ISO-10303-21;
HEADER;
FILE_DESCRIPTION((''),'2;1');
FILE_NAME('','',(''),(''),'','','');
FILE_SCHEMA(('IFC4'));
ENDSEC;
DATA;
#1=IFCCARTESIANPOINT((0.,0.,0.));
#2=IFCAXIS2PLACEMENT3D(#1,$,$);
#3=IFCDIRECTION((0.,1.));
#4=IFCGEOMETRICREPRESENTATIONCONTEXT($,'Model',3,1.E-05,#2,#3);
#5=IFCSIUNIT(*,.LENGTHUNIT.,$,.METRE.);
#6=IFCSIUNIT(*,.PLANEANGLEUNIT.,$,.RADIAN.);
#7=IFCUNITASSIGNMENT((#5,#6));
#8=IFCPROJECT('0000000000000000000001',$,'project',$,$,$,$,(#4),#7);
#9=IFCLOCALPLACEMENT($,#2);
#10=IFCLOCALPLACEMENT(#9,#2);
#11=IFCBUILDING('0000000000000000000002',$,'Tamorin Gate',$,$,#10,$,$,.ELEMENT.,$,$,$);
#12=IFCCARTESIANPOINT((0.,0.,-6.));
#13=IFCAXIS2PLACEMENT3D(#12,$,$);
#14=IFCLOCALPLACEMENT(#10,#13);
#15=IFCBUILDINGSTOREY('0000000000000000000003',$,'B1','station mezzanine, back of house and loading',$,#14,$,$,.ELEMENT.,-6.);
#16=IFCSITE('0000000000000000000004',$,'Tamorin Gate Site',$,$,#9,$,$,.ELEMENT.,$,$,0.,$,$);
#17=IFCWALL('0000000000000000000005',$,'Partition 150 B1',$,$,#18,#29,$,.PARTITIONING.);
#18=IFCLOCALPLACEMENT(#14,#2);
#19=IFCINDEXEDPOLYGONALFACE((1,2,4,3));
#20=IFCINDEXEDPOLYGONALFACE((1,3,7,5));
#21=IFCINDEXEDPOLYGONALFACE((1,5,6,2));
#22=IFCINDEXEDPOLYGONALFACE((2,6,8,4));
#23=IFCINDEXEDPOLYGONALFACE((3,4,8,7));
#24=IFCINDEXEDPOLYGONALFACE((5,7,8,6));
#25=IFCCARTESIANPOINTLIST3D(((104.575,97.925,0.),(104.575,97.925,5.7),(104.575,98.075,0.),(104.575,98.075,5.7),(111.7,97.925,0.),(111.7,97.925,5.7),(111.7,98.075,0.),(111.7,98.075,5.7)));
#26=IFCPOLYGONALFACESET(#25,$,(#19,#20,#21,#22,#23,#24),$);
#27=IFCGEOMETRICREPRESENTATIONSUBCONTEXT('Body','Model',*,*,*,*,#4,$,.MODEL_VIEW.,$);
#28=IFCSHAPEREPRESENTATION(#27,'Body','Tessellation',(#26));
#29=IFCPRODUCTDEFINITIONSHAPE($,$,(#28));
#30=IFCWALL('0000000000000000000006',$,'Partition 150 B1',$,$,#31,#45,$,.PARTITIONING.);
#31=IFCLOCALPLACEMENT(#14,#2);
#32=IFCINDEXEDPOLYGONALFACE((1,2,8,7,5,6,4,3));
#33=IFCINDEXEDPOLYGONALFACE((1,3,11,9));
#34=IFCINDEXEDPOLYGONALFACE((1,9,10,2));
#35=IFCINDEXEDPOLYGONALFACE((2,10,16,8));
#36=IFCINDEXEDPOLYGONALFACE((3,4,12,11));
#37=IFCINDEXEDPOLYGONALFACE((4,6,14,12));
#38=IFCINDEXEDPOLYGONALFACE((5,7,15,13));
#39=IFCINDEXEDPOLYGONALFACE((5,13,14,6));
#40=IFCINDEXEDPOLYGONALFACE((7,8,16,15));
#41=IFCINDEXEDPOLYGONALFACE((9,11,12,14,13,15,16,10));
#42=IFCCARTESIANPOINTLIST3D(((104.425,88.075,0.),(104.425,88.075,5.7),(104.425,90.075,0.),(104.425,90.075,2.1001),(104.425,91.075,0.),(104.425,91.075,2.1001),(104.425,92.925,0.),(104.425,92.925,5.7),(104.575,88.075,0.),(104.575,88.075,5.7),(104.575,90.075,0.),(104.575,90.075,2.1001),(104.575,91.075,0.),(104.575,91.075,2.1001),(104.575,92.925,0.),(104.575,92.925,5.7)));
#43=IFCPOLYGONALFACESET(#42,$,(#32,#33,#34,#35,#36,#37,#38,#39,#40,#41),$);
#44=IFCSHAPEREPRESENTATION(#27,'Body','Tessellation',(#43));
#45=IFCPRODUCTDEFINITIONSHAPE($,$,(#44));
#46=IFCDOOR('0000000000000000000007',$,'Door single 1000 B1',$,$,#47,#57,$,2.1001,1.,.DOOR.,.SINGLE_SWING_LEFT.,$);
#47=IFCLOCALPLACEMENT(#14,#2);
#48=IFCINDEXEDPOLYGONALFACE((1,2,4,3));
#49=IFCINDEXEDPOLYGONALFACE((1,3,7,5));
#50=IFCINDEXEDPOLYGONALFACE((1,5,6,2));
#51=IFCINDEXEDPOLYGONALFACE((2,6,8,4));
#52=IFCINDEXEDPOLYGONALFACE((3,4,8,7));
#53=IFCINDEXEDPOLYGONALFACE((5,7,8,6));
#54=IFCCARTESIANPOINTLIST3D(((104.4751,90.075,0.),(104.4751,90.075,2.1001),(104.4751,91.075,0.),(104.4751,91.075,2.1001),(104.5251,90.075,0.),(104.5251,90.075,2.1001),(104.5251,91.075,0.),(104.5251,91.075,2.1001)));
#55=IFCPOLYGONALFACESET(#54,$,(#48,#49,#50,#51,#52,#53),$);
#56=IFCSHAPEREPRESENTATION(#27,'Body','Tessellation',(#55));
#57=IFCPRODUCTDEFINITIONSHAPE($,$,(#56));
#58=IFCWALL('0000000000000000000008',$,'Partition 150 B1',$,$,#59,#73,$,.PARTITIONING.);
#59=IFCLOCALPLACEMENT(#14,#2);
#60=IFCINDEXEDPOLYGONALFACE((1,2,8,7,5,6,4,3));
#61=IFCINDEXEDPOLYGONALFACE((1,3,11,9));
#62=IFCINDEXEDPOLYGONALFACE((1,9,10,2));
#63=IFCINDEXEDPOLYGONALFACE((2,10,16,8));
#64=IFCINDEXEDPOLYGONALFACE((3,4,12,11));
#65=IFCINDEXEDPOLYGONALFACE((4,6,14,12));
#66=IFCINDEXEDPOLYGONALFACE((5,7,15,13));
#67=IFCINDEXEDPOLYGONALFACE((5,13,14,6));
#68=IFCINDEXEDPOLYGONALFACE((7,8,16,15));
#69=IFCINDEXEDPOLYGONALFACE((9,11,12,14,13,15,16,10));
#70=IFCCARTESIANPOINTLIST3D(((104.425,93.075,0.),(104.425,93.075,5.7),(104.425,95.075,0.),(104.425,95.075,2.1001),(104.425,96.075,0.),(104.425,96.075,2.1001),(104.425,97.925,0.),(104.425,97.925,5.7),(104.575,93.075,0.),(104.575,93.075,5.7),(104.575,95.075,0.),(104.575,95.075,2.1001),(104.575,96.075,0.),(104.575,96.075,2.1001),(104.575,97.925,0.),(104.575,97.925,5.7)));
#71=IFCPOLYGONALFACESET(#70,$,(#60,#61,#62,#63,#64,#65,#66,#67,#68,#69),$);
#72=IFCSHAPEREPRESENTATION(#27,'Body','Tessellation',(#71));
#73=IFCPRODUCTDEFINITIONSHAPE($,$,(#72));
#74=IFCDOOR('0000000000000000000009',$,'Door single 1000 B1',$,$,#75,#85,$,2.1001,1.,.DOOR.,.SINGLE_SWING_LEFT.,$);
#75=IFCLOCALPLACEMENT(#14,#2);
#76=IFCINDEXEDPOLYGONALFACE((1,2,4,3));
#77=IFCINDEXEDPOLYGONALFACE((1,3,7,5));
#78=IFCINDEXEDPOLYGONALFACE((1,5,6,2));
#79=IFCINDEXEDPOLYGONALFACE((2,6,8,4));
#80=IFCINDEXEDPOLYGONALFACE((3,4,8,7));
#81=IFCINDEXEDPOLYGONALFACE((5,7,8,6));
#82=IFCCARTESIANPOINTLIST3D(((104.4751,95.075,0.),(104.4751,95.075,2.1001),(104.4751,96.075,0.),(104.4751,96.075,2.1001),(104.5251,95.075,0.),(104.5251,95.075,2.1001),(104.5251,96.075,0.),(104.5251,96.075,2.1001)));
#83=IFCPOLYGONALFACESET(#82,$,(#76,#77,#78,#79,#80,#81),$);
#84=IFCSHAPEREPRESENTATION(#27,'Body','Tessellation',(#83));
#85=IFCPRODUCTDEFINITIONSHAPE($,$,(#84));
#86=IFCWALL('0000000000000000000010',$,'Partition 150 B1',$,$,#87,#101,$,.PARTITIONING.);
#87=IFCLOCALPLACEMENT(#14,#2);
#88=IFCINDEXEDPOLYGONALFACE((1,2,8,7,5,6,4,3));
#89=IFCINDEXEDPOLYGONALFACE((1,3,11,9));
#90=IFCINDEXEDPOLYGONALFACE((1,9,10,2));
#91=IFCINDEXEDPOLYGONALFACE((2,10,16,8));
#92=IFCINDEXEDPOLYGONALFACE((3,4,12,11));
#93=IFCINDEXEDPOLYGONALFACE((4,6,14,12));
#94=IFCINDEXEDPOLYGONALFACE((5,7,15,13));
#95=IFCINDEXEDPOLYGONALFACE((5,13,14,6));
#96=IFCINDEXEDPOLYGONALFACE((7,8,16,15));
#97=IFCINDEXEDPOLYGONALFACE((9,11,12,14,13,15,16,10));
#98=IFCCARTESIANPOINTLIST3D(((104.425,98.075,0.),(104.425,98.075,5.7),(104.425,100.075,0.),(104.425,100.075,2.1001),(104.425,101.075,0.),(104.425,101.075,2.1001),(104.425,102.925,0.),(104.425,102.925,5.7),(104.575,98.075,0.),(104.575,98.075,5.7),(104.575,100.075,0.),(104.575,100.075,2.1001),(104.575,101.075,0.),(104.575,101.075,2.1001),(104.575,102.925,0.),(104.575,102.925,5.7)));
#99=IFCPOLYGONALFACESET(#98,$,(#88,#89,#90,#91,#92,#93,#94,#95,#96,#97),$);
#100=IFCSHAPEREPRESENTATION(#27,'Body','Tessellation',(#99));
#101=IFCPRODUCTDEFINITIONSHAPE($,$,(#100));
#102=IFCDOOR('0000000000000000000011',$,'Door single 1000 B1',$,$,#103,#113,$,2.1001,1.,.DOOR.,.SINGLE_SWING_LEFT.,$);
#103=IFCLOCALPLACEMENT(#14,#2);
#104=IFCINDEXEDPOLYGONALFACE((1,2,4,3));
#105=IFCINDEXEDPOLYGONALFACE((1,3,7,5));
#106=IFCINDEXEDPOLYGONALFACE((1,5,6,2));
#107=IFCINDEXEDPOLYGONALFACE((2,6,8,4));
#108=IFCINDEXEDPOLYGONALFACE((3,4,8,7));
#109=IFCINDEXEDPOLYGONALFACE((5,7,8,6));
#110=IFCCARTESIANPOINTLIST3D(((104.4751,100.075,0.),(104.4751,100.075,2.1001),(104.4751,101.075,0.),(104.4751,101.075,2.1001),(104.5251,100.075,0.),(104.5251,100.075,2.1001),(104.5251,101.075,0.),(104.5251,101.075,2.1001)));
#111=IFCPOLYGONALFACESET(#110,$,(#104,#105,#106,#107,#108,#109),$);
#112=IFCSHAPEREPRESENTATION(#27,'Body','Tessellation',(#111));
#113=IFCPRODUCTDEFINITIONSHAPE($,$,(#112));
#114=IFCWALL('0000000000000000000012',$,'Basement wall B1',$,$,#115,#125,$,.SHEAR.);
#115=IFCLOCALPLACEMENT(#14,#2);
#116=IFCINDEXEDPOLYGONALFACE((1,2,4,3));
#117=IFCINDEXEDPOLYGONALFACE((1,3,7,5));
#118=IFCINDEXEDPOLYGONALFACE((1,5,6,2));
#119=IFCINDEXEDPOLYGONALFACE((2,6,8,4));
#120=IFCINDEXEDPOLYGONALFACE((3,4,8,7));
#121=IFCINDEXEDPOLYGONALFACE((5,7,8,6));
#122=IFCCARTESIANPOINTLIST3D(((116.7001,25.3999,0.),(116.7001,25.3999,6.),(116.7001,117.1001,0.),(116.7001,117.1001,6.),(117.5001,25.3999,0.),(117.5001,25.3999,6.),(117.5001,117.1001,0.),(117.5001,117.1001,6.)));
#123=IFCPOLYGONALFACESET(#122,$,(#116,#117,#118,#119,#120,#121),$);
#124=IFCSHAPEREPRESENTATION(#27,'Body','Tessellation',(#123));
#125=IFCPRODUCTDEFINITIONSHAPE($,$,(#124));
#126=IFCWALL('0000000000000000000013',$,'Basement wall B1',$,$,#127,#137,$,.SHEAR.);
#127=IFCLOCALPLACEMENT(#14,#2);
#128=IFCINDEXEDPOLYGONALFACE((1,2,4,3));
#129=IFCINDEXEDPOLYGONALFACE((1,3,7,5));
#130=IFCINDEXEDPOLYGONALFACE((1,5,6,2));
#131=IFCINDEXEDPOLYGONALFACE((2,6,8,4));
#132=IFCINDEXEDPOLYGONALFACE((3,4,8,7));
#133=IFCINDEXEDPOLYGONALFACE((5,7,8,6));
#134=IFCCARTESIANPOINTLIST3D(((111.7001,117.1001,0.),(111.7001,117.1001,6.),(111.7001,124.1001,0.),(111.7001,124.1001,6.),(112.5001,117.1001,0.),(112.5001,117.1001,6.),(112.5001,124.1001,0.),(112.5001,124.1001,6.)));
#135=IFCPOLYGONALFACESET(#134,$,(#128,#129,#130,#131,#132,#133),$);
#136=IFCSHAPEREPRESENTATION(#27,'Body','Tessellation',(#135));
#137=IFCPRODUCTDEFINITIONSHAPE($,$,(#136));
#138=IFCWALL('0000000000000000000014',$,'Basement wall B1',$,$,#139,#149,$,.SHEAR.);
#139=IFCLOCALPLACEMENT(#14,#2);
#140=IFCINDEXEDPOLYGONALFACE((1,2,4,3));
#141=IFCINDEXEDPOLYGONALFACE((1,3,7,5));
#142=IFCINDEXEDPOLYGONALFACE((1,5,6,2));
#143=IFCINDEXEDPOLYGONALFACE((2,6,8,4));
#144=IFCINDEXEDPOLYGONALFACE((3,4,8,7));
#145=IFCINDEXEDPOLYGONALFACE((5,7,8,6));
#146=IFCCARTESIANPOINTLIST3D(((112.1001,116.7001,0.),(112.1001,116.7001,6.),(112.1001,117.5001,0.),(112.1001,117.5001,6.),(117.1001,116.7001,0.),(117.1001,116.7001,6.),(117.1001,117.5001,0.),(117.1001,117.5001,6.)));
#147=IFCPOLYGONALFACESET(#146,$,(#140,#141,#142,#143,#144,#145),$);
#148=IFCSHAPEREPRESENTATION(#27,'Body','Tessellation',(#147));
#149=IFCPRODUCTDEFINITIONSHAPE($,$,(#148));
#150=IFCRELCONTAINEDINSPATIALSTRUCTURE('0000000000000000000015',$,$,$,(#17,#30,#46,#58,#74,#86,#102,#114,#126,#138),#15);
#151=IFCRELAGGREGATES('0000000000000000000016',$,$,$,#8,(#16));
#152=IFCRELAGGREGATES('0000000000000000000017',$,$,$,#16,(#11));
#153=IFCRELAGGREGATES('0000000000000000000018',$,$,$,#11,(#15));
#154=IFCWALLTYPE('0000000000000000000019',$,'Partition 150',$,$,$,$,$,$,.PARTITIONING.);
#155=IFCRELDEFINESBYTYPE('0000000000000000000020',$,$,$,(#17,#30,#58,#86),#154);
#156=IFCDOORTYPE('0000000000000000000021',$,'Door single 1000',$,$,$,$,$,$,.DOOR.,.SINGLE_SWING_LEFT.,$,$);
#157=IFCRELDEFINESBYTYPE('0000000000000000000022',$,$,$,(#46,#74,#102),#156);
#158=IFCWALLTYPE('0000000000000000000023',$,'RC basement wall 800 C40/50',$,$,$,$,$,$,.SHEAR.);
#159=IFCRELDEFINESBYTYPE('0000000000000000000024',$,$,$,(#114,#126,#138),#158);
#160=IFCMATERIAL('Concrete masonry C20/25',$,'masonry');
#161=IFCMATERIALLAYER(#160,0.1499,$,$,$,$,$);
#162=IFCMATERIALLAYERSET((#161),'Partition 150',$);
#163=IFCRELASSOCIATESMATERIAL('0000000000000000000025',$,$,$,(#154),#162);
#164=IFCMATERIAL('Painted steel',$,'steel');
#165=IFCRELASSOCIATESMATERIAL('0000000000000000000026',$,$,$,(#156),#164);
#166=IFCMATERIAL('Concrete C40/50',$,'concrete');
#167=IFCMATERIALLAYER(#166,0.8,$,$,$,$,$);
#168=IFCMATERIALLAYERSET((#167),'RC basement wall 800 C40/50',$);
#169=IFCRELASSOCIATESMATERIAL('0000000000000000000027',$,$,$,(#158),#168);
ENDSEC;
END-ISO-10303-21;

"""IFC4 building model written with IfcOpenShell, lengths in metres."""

from ifc_helpers import new_model, si_unit, direction, frame, frame_2d, origin, place, context, subcontext, project, spatial, rectangle, extrude, material, layer, layer_set, type_object, element, fill, save


model = new_model("IFC4")

# Units and contexts
model_context = context("Model", 3, precision=1e-05, world=origin(), true_north=direction((0.0, 1.0)))
body_context = subcontext(model_context, "Body", "Model", "MODEL_VIEW")
ifc_project = project(units=[si_unit("LENGTHUNIT", "METRE"), si_unit("PLANEANGLEUNIT", "RADIAN")], contexts=[model_context])

# Site, building, storey
site_placement = place(None, origin())
site = spatial("IfcSite", under=ifc_project, at=site_placement, Name="Tamorin Gate Site", CompositionType="ELEMENT", RefElevation=0.0)
building_placement = place(site_placement, origin())
building = spatial("IfcBuilding", under=site, at=building_placement, Name="Tamorin Gate", CompositionType="ELEMENT")
storey_placement = place(building_placement, frame((0.0, 0.0, -6.0)))
storey = spatial("IfcBuildingStorey", under=building, at=storey_placement, Name="B1", Description="station mezzanine, back of house and loading", CompositionType="ELEMENT", Elevation=-6.0)

# Shared definitions
ifc_material_1 = material(Name="Concrete C40/50", Category="concrete")

# Wall
ifc_material_2 = material(Name="Concrete masonry C20/25", Category="masonry")
ifc_layer_1 = layer(ifc_material_2, 0.1499)
ifc_layer_set_1 = layer_set([ifc_layer_1], Name="Partition 150")
wall_type_1 = type_object("IfcWallType", Name="Partition 150", PredefinedType="PARTITIONING", material=ifc_layer_set_1)
for number, where, z_axis, x_axis, name in (
    (1, (104.575, 98.0, 0.0), (0.0, 0.0, 1.0), (1.0, 0.0, 0.0), "Partition 150 B1"),
):
    element("IfcWall", number, at=place(storey_placement, frame(where, z_axis=z_axis, x_axis=x_axis)), inside=storey, type_object=wall_type_1, Name=name, PredefinedType="PARTITIONING", context=body_context, shape_type="SweptSolid", body=[
        extrude(rectangle(XDim=7.125, YDim=0.1499, at=frame_2d((3.5625, 0.0))), origin(), (0.0, 0.0, 1.0), 5.7),
    ])

# Walls, openings, doors
wall_1_placement = place(storey_placement, frame((104.5, 88.075, 0.0), z_axis=(0.0, 0.0, 1.0), x_axis=(0.0, 1.0, 0.0)))
wall_1 = element("IfcWall", 2, at=wall_1_placement, inside=storey, type_object=wall_type_1, Name="Partition 150 B1", PredefinedType="PARTITIONING", context=body_context, shape_type="SweptSolid", body=[
    extrude(rectangle(XDim=4.8501, YDim=0.1499, at=frame_2d((2.425, 0.0))), origin(), (0.0, 0.0, 1.0), 5.7),
])
opening_1_placement = place(wall_1_placement, frame((2.0, 0.0, 0.0)))
opening_1 = element("IfcOpeningElement", 3, at=opening_1_placement, cuts=wall_1, PredefinedType="OPENING", context=body_context, shape_type="SweptSolid", body=[
    extrude(rectangle(XDim=1.0, YDim=2.1001, at=frame_2d((0.5, 1.05))), frame((0.0, 0.085, 0.0), z_axis=(0.0, -1.0, 0.0), x_axis=(1.0, 0.0, 0.0)), (0.0, 0.0, 1.0), 0.1699),
])
ifc_material_3 = material(Name="Painted steel", Category="steel")
door_type = type_object("IfcDoorType", Name="Door single 1000", OperationType="SINGLE_SWING_LEFT", PredefinedType="DOOR", material=ifc_material_3)
door_1_placement = place(opening_1_placement, origin())
door_1 = element("IfcDoor", 4, at=door_1_placement, inside=storey, type_object=door_type, Name="Door single 1000 B1", OperationType="SINGLE_SWING_LEFT", OverallHeight=2.1001, OverallWidth=1.0, PredefinedType="DOOR", context=body_context, shape_type="SweptSolid", body=[
    extrude(rectangle(XDim=1.0, YDim=2.1001, at=frame_2d((0.5, 1.05))), frame((0.0, 0.0249, 0.0), z_axis=(0.0, -1.0, 0.0), x_axis=(1.0, 0.0, 0.0)), (0.0, 0.0, 1.0), 0.05),
])
fill(opening_1, door_1)
wall_2_placement = place(storey_placement, frame((104.5, 93.075, 0.0), z_axis=(0.0, 0.0, 1.0), x_axis=(0.0, 1.0, 0.0)))
wall_2 = element("IfcWall", 5, at=wall_2_placement, inside=storey, type_object=wall_type_1, Name="Partition 150 B1", PredefinedType="PARTITIONING", context=body_context, shape_type="SweptSolid", body=[
    extrude(rectangle(XDim=4.8501, YDim=0.1499, at=frame_2d((2.425, 0.0))), origin(), (0.0, 0.0, 1.0), 5.7),
])
opening_2_placement = place(wall_2_placement, frame((2.0, 0.0, 0.0)))
opening_2 = element("IfcOpeningElement", 6, at=opening_2_placement, cuts=wall_2, PredefinedType="OPENING", context=body_context, shape_type="SweptSolid", body=[
    extrude(rectangle(XDim=1.0, YDim=2.1001, at=frame_2d((0.5, 1.05))), frame((0.0, 0.085, 0.0), z_axis=(0.0, -1.0, 0.0), x_axis=(1.0, 0.0, 0.0)), (0.0, 0.0, 1.0), 0.1699),
])
door_2_placement = place(opening_2_placement, origin())
door_2 = element("IfcDoor", 7, at=door_2_placement, inside=storey, type_object=door_type, Name="Door single 1000 B1", OperationType="SINGLE_SWING_LEFT", OverallHeight=2.1001, OverallWidth=1.0, PredefinedType="DOOR", context=body_context, shape_type="SweptSolid", body=[
    extrude(rectangle(XDim=1.0, YDim=2.1001, at=frame_2d((0.5, 1.05))), frame((0.0, 0.0249, 0.0), z_axis=(0.0, -1.0, 0.0), x_axis=(1.0, 0.0, 0.0)), (0.0, 0.0, 1.0), 0.05),
])
fill(opening_2, door_2)
wall_3_placement = place(storey_placement, frame((104.5, 98.075, 0.0), z_axis=(0.0, 0.0, 1.0), x_axis=(0.0, 1.0, 0.0)))
wall_3 = element("IfcWall", 8, at=wall_3_placement, inside=storey, type_object=wall_type_1, Name="Partition 150 B1", PredefinedType="PARTITIONING", context=body_context, shape_type="SweptSolid", body=[
    extrude(rectangle(XDim=4.8501, YDim=0.1499, at=frame_2d((2.425, 0.0))), origin(), (0.0, 0.0, 1.0), 5.7),
])
opening_3_placement = place(wall_3_placement, frame((2.0, 0.0, 0.0)))
opening_3 = element("IfcOpeningElement", 9, at=opening_3_placement, cuts=wall_3, PredefinedType="OPENING", context=body_context, shape_type="SweptSolid", body=[
    extrude(rectangle(XDim=1.0, YDim=2.1001, at=frame_2d((0.5, 1.05))), frame((0.0, 0.085, 0.0), z_axis=(0.0, -1.0, 0.0), x_axis=(1.0, 0.0, 0.0)), (0.0, 0.0, 1.0), 0.1699),
])
door_3_placement = place(opening_3_placement, origin())
door_3 = element("IfcDoor", 10, at=door_3_placement, inside=storey, type_object=door_type, Name="Door single 1000 B1", OperationType="SINGLE_SWING_LEFT", OverallHeight=2.1001, OverallWidth=1.0, PredefinedType="DOOR", context=body_context, shape_type="SweptSolid", body=[
    extrude(rectangle(XDim=1.0, YDim=2.1001, at=frame_2d((0.5, 1.05))), frame((0.0, 0.0249, 0.0), z_axis=(0.0, -1.0, 0.0), x_axis=(1.0, 0.0, 0.0)), (0.0, 0.0, 1.0), 0.05),
])
fill(opening_3, door_3)

# Walls
ifc_layer_2 = layer(ifc_material_1, 0.8)
ifc_layer_set_2 = layer_set([ifc_layer_2], Name="RC basement wall 800 C40/50")
wall_type_2 = type_object("IfcWallType", Name="RC basement wall 800 C40/50", PredefinedType="SHEAR", material=ifc_layer_set_2)
wall_4_placement = place(storey_placement, frame((117.1001, 117.1001, 0.0), z_axis=(0.0, 0.0, 1.0), x_axis=(0.0, -1.0, 0.0)))
element("IfcWall", 11, at=wall_4_placement, inside=storey, type_object=wall_type_2, Name="Basement wall B1", PredefinedType="SHEAR", context=body_context, shape_type="SweptSolid", body=[
    extrude(rectangle(XDim=91.7002, YDim=0.8, at=frame_2d((45.8501, 0.0))), origin(), (0.0, 0.0, 1.0), 6.0),
])
wall_5_placement = place(storey_placement, frame((112.1001, 124.1001, 0.0), z_axis=(0.0, 0.0, 1.0), x_axis=(0.0, -1.0, 0.0)))
element("IfcWall", 12, at=wall_5_placement, inside=storey, type_object=wall_type_2, Name="Basement wall B1", PredefinedType="SHEAR", context=body_context, shape_type="SweptSolid", body=[
    extrude(rectangle(XDim=7.0, YDim=0.8, at=frame_2d((3.5, 0.0))), origin(), (0.0, 0.0, 1.0), 6.0),
])
wall_6_placement = place(storey_placement, frame((112.1001, 117.1001, 0.0), z_axis=(0.0, 0.0, 1.0), x_axis=(1.0, 0.0, 0.0)))
element("IfcWall", 13, at=wall_6_placement, inside=storey, type_object=wall_type_2, Name="Basement wall B1", PredefinedType="SHEAR", context=body_context, shape_type="SweptSolid", body=[
    extrude(rectangle(XDim=5.0, YDim=0.8, at=frame_2d((2.5, 0.0))), origin(), (0.0, 0.0, 1.0), 6.0),
])

save(model, "model.ifc")
